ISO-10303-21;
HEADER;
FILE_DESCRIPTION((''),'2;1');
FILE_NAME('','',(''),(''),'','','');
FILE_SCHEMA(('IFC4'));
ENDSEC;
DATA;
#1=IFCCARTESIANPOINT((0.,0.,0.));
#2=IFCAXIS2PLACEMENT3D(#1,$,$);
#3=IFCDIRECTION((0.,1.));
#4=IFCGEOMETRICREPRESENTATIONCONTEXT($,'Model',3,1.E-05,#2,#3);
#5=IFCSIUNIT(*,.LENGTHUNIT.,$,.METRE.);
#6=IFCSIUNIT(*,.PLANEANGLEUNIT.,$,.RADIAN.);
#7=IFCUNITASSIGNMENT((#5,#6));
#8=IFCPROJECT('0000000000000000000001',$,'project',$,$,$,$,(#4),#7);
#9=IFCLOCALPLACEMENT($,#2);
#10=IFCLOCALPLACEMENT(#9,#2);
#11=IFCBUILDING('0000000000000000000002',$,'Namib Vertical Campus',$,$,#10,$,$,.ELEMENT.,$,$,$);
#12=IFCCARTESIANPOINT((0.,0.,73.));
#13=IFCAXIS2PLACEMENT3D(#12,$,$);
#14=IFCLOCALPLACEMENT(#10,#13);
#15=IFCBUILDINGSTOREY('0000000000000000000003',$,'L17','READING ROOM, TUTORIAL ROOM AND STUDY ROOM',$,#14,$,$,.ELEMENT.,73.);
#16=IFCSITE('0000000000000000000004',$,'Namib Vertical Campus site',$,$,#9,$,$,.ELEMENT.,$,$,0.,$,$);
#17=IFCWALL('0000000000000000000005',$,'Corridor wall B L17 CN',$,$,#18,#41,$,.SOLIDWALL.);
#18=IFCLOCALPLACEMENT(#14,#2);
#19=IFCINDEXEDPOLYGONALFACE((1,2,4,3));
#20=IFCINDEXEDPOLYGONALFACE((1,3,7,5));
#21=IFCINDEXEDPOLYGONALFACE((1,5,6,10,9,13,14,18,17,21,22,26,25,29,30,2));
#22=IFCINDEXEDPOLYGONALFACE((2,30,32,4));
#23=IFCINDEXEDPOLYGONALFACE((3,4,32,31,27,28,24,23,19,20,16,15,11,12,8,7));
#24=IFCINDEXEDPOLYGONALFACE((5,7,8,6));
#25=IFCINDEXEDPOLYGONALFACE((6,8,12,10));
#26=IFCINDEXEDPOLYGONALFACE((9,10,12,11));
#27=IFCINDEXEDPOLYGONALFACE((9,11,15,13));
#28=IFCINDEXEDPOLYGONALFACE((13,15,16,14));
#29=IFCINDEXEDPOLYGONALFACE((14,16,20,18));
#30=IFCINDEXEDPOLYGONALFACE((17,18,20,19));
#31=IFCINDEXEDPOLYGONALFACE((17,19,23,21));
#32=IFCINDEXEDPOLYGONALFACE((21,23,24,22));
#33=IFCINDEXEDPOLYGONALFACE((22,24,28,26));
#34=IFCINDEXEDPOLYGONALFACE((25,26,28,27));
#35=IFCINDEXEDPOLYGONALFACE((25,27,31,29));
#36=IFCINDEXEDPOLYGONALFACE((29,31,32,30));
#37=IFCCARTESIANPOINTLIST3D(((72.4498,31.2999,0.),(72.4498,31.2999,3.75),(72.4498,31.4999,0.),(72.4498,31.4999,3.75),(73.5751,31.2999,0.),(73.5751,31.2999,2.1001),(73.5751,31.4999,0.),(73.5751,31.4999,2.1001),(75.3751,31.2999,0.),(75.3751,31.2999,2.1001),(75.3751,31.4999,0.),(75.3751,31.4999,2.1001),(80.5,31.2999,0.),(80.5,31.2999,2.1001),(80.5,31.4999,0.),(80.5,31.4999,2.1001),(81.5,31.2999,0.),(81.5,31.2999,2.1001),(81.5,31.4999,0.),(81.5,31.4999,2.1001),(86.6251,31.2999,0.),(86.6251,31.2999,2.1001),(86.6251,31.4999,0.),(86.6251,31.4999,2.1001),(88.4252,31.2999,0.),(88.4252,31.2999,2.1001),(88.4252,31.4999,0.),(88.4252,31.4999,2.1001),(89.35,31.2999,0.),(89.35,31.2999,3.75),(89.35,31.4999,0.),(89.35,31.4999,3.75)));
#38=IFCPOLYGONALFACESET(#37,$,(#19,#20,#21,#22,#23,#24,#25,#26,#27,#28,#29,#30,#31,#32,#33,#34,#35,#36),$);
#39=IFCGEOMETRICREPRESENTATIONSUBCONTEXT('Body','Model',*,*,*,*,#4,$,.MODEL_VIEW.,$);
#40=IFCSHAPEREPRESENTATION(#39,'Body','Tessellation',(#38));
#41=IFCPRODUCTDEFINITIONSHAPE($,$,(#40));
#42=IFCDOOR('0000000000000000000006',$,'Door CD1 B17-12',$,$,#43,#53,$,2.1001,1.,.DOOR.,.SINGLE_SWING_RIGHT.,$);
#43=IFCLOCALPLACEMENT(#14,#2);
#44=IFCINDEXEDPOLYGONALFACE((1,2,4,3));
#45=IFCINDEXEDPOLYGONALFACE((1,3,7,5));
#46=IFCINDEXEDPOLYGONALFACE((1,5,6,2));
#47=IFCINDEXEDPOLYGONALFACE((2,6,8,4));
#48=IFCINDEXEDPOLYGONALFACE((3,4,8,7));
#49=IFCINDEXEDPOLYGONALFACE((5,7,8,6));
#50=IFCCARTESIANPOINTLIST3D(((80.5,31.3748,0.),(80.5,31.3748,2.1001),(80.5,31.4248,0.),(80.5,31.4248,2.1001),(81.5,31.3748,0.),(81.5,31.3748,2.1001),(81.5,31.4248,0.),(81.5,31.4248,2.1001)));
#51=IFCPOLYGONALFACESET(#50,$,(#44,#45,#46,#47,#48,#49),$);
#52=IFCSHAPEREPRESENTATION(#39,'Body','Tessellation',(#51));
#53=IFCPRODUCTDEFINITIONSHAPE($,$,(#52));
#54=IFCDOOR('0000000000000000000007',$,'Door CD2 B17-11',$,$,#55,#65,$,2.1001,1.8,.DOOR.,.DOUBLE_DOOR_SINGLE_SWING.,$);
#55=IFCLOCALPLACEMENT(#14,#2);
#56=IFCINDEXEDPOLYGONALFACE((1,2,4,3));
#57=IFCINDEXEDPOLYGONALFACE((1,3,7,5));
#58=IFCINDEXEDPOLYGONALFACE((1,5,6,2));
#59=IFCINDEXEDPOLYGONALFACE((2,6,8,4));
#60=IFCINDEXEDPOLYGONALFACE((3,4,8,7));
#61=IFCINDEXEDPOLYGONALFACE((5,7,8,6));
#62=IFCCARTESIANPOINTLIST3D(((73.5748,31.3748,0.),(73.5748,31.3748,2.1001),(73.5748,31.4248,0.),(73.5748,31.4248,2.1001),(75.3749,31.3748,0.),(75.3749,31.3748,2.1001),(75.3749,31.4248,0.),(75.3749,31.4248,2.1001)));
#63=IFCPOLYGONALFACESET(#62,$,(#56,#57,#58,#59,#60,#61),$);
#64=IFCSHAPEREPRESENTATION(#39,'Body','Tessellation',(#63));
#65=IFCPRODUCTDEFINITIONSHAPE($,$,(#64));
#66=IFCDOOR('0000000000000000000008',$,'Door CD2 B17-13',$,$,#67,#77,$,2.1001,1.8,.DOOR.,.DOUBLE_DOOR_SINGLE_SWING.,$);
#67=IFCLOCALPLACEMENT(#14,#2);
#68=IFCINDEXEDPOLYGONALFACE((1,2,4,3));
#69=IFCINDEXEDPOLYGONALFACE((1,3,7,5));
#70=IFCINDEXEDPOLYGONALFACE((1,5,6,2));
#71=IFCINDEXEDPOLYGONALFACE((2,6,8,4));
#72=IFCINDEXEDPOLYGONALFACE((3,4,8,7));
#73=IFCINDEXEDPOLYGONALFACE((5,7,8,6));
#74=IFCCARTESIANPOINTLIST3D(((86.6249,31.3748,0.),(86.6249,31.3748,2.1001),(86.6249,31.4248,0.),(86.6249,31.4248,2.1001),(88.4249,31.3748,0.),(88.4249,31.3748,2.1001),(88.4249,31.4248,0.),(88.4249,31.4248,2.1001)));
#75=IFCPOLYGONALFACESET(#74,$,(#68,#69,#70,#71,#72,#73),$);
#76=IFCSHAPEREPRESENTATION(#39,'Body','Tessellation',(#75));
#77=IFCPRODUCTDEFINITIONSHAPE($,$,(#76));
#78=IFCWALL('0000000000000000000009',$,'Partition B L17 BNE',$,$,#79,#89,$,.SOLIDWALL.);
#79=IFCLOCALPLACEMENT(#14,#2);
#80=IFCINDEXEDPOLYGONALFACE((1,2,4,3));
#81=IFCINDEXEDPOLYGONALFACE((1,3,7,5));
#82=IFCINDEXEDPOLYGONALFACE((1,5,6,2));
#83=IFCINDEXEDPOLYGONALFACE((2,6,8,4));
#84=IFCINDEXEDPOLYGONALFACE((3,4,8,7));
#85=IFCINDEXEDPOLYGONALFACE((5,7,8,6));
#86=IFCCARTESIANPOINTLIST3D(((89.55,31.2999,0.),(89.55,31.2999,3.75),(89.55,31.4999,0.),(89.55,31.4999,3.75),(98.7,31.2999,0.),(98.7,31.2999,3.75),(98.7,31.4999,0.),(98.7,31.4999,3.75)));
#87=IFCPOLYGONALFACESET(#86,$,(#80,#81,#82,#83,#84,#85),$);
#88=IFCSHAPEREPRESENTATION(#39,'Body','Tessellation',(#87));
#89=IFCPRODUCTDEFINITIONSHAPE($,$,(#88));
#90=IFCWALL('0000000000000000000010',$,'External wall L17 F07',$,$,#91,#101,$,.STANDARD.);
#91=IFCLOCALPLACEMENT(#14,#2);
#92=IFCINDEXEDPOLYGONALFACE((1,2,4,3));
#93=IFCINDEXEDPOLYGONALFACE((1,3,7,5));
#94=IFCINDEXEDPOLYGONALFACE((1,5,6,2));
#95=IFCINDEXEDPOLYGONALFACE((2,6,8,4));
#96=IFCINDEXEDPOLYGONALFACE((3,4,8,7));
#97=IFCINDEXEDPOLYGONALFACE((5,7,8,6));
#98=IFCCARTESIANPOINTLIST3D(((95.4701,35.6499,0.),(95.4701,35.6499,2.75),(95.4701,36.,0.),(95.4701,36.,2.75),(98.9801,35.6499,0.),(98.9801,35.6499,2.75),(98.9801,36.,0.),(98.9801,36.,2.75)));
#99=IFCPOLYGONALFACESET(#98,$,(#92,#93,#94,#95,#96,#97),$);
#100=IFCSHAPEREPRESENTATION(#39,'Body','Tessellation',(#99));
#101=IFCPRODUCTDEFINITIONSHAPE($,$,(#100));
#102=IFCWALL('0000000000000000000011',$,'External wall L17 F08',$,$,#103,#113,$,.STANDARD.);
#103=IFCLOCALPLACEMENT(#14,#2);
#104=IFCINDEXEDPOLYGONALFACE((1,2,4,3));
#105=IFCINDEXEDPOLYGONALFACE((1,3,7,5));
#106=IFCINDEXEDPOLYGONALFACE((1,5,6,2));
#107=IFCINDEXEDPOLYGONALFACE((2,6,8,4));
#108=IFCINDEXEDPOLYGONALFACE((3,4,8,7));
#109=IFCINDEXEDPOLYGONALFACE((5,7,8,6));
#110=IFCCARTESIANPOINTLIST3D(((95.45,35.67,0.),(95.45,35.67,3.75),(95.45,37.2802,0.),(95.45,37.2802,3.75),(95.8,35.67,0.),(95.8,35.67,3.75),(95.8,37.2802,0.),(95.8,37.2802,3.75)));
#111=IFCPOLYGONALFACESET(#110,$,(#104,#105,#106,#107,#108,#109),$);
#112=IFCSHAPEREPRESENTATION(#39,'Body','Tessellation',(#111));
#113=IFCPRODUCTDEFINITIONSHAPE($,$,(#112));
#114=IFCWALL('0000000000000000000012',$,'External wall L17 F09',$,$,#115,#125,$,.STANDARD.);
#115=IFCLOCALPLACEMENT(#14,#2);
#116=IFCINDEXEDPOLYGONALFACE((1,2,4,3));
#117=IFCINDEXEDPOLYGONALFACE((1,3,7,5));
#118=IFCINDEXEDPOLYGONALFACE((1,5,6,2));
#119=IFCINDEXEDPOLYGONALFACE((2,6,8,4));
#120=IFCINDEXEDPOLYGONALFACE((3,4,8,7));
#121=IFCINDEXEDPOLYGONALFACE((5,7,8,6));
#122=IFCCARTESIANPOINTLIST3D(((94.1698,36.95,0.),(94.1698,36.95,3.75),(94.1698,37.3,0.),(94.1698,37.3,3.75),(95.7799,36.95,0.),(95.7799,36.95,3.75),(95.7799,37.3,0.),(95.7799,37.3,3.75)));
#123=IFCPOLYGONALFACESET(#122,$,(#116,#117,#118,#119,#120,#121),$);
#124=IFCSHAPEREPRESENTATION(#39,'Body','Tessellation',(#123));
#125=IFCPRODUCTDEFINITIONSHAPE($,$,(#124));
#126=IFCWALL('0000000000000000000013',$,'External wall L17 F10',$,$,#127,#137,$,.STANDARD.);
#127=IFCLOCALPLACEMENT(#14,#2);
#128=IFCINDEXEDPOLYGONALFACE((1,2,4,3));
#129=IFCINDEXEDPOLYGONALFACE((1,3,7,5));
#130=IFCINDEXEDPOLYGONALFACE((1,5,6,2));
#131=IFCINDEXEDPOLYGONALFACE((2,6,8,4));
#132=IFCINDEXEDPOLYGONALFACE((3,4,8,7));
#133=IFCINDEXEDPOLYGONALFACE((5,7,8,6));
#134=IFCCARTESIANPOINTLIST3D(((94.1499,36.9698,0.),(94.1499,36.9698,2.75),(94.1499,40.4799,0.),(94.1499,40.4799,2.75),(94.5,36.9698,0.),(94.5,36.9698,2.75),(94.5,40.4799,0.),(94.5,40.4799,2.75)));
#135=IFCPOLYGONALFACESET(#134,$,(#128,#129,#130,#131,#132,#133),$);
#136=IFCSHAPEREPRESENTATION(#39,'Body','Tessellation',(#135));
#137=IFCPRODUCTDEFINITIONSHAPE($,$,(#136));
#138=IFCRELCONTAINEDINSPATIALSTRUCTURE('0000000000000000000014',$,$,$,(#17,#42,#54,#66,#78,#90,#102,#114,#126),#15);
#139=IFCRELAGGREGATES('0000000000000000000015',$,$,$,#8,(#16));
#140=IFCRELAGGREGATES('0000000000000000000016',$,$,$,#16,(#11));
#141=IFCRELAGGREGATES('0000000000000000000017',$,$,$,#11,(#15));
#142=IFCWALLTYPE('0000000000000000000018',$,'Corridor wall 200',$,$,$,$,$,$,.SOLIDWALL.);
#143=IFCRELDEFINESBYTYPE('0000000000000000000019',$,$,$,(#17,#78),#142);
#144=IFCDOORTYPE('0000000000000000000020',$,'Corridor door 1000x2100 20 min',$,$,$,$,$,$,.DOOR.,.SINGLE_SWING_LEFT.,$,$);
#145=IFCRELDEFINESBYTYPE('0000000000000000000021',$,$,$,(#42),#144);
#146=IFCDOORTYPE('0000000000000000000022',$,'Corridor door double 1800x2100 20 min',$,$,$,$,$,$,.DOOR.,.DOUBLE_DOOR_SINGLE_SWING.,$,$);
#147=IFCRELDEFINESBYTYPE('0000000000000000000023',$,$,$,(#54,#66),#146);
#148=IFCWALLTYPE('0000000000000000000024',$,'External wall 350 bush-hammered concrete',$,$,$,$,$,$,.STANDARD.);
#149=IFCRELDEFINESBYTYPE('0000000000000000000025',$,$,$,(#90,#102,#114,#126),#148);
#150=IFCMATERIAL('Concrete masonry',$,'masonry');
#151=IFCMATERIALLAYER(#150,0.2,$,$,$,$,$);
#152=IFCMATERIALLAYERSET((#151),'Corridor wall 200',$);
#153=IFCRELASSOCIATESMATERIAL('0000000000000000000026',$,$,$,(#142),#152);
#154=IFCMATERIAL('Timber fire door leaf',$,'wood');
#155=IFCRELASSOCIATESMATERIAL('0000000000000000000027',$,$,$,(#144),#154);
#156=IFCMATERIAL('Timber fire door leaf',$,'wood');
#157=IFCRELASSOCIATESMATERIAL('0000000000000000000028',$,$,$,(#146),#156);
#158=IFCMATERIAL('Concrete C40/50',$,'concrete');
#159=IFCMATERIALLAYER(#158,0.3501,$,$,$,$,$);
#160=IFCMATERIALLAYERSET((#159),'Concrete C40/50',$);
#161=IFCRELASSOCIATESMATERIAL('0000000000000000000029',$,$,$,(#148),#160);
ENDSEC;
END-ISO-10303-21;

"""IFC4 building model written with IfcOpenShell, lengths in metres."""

from ifc_helpers import new_model, si_unit, direction, frame, frame_2d, origin, place, context, subcontext, project, spatial, rectangle, extrude, material, layer, layer_set, type_object, element, fill, save


model = new_model("IFC4")

# Units and contexts
model_context = context("Model", 3, precision=1e-05, world=origin(), true_north=direction((0.0, 1.0)))
body_context = subcontext(model_context, "Body", "Model", "MODEL_VIEW")
ifc_project = project(units=[si_unit("LENGTHUNIT", "METRE"), si_unit("PLANEANGLEUNIT", "RADIAN")], contexts=[model_context])

# Site, building, storey
site_placement = place(None, origin())
site = spatial("IfcSite", under=ifc_project, at=site_placement, Name="Namib Vertical Campus site", CompositionType="ELEMENT", RefElevation=0.0)
building_placement = place(site_placement, origin())
building = spatial("IfcBuilding", under=site, at=building_placement, Name="Namib Vertical Campus", CompositionType="ELEMENT")
storey_placement = place(building_placement, frame((0.0, 0.0, 73.0)))
storey = spatial("IfcBuildingStorey", under=building, at=storey_placement, Name="L17", Description="READING ROOM, TUTORIAL ROOM AND STUDY ROOM", CompositionType="ELEMENT", Elevation=73.0)

# Wall, openings, doors
ifc_material_1 = material(Name="Concrete masonry", Category="masonry")
ifc_layer_1 = layer(ifc_material_1, 0.2)
ifc_layer_set_1 = layer_set([ifc_layer_1], Name="Corridor wall 200")
wall_type_1 = type_object("IfcWallType", Name="Corridor wall 200", PredefinedType="SOLIDWALL", material=ifc_layer_set_1)
wall_1_placement = place(storey_placement, frame((89.3501, 31.3999, 0.0), z_axis=(0.0, 0.0, 1.0), x_axis=(-1.0, 0.0, 0.0)))
wall_1 = element("IfcWall", 1, at=wall_1_placement, inside=storey, type_object=wall_type_1, Name="Corridor wall B L17 CN", PredefinedType="SOLIDWALL", context=body_context, shape_type="SweptSolid", body=[
    extrude(rectangle(XDim=16.9001, YDim=0.2, at=frame_2d((8.4502, 0.0))), origin(), (0.0, 0.0, 1.0), 3.75),
])
opening_1_placement = place(wall_1_placement, frame((13.9751, 0.0, 0.0)))
opening_1 = element("IfcOpeningElement", 2, at=opening_1_placement, cuts=wall_1, PredefinedType="OPENING", context=body_context, shape_type="SweptSolid", body=[
    extrude(rectangle(XDim=1.8, YDim=2.1001, at=frame_2d((0.8999, 1.05))), frame((0.0, 0.1099, 0.0), z_axis=(0.0, -1.0, 0.0), x_axis=(1.0, 0.0, 0.0)), (0.0, 0.0, 1.0), 0.22),
])
opening_2_placement = place(wall_1_placement, frame((7.8501, 0.0, 0.0)))
opening_2 = element("IfcOpeningElement", 3, at=opening_2_placement, cuts=wall_1, PredefinedType="OPENING", context=body_context, shape_type="SweptSolid", body=[
    extrude(rectangle(XDim=1.0, YDim=2.1001, at=frame_2d((0.5, 1.05))), frame((0.0, 0.1099, 0.0), z_axis=(0.0, -1.0, 0.0), x_axis=(1.0, 0.0, 0.0)), (0.0, 0.0, 1.0), 0.22),
])
opening_3_placement = place(wall_1_placement, frame((0.925, 0.0, 0.0)))
opening_3 = element("IfcOpeningElement", 4, at=opening_3_placement, cuts=wall_1, PredefinedType="OPENING", context=body_context, shape_type="SweptSolid", body=[
    extrude(rectangle(XDim=1.8, YDim=2.1001, at=frame_2d((0.8999, 1.05))), frame((0.0, 0.1099, 0.0), z_axis=(0.0, -1.0, 0.0), x_axis=(1.0, 0.0, 0.0)), (0.0, 0.0, 1.0), 0.22),
])
ifc_material_2 = material(Name="Timber fire door leaf", Category="wood")
door_type_1 = type_object("IfcDoorType", Name="Corridor door 1000x2100 20 min", OperationType="SINGLE_SWING_LEFT", PredefinedType="DOOR", material=ifc_material_2)
door_1_placement = place(opening_2_placement, frame((1.0, 0.0, 0.0), z_axis=(0.0, 0.0, 1.0), x_axis=(-1.0, 0.0, 0.0)))
door_1 = element("IfcDoor", 5, at=door_1_placement, inside=storey, type_object=door_type_1, Name="Door CD1 B17-12", OperationType="SINGLE_SWING_RIGHT", OverallHeight=2.1001, OverallWidth=1.0, PredefinedType="DOOR", context=body_context, shape_type="SweptSolid", body=[
    extrude(rectangle(XDim=1.0, YDim=2.1001, at=frame_2d((0.5, 1.05))), frame((0.0, 0.0249, 0.0), z_axis=(0.0, -1.0, 0.0), x_axis=(1.0, 0.0, 0.0)), (0.0, 0.0, 1.0), 0.05),
])
fill(opening_2, door_1)
ifc_material_3 = material(Name="Timber fire door leaf", Category="wood")
door_type_2 = type_object("IfcDoorType", Name="Corridor door double 1800x2100 20 min", OperationType="DOUBLE_DOOR_SINGLE_SWING", PredefinedType="DOOR", material=ifc_material_3)
door_2_placement = place(opening_1_placement, frame((1.8, 0.0, 0.0), z_axis=(0.0, 0.0, 1.0), x_axis=(-1.0, 0.0, 0.0)))
door_2 = element("IfcDoor", 6, at=door_2_placement, inside=storey, type_object=door_type_2, Name="Door CD2 B17-11", OperationType="DOUBLE_DOOR_SINGLE_SWING", OverallHeight=2.1001, OverallWidth=1.8, PredefinedType="DOOR", context=body_context, shape_type="SweptSolid", body=[
    extrude(rectangle(XDim=1.8, YDim=2.1001, at=frame_2d((0.8999, 1.05))), frame((0.0, 0.0249, 0.0), z_axis=(0.0, -1.0, 0.0), x_axis=(1.0, 0.0, 0.0)), (0.0, 0.0, 1.0), 0.05),
])
fill(opening_1, door_2)
door_3_placement = place(opening_3_placement, frame((1.8, 0.0, 0.0), z_axis=(0.0, 0.0, 1.0), x_axis=(-1.0, 0.0, 0.0)))
door_3 = element("IfcDoor", 7, at=door_3_placement, inside=storey, type_object=door_type_2, Name="Door CD2 B17-13", OperationType="DOUBLE_DOOR_SINGLE_SWING", OverallHeight=2.1001, OverallWidth=1.8, PredefinedType="DOOR", context=body_context, shape_type="SweptSolid", body=[
    extrude(rectangle(XDim=1.8, YDim=2.1001, at=frame_2d((0.8999, 1.05))), frame((0.0, 0.0249, 0.0), z_axis=(0.0, -1.0, 0.0), x_axis=(1.0, 0.0, 0.0)), (0.0, 0.0, 1.0), 0.05),
])
fill(opening_3, door_3)

# Walls
wall_2_placement = place(storey_placement, frame((89.55, 31.3999, 0.0), z_axis=(0.0, 0.0, 1.0), x_axis=(1.0, 0.0, 0.0)))
element("IfcWall", 8, at=wall_2_placement, inside=storey, type_object=wall_type_1, Name="Partition B L17 BNE", PredefinedType="SOLIDWALL", context=body_context, shape_type="SweptSolid", body=[
    extrude(rectangle(XDim=9.1499, YDim=0.2, at=frame_2d((4.575, 0.0))), origin(), (0.0, 0.0, 1.0), 3.75),
])
ifc_material_4 = material(Name="Concrete C40/50", Category="concrete")
ifc_layer_2 = layer(ifc_material_4, 0.3501)
ifc_layer_set_2 = layer_set([ifc_layer_2], Name="Concrete C40/50")
wall_type_2 = type_object("IfcWallType", Name="External wall 350 bush-hammered concrete", PredefinedType="STANDARD", material=ifc_layer_set_2)
wall_3_placement = place(storey_placement, frame((98.98, 35.825, 0.0), z_axis=(0.0, 0.0, 1.0), x_axis=(-1.0, 0.0, 0.0)))
element("IfcWall", 9, at=wall_3_placement, inside=storey, type_object=wall_type_2, Name="External wall L17 F07", PredefinedType="STANDARD", context=body_context, shape_type="SweptSolid", body=[
    extrude(rectangle(XDim=3.51, YDim=0.3501, at=frame_2d((1.7549, 0.0))), origin(), (0.0, 0.0, 1.0), 2.75),
])
for number, where, z_axis, x_axis, name in (
    (10, (95.625, 35.6699, 0.0), (0.0, 0.0, 1.0), (0.0, 1.0, 0.0), "External wall L17 F08"),
    (11, (95.78, 37.125, 0.0), (0.0, 0.0, 1.0), (-1.0, 0.0, 0.0), "External wall L17 F09"),
):
    element("IfcWall", number, at=place(storey_placement, frame(where, z_axis=z_axis, x_axis=x_axis)), inside=storey, type_object=wall_type_2, Name=name, PredefinedType="STANDARD", context=body_context, shape_type="SweptSolid", body=[
        extrude(rectangle(XDim=1.6101, YDim=0.3501, at=frame_2d((0.8052, 0.0))), origin(), (0.0, 0.0, 1.0), 3.75),
    ])
wall_4_placement = place(storey_placement, frame((94.325, 36.97, 0.0), z_axis=(0.0, 0.0, 1.0), x_axis=(0.0, 1.0, 0.0)))
element("IfcWall", 12, at=wall_4_placement, inside=storey, type_object=wall_type_2, Name="External wall L17 F10", PredefinedType="STANDARD", context=body_context, shape_type="SweptSolid", body=[
    extrude(rectangle(XDim=3.51, YDim=0.3501, at=frame_2d((1.7549, 0.0))), origin(), (0.0, 0.0, 1.0), 2.75),
])

save(model, "model.ifc")
